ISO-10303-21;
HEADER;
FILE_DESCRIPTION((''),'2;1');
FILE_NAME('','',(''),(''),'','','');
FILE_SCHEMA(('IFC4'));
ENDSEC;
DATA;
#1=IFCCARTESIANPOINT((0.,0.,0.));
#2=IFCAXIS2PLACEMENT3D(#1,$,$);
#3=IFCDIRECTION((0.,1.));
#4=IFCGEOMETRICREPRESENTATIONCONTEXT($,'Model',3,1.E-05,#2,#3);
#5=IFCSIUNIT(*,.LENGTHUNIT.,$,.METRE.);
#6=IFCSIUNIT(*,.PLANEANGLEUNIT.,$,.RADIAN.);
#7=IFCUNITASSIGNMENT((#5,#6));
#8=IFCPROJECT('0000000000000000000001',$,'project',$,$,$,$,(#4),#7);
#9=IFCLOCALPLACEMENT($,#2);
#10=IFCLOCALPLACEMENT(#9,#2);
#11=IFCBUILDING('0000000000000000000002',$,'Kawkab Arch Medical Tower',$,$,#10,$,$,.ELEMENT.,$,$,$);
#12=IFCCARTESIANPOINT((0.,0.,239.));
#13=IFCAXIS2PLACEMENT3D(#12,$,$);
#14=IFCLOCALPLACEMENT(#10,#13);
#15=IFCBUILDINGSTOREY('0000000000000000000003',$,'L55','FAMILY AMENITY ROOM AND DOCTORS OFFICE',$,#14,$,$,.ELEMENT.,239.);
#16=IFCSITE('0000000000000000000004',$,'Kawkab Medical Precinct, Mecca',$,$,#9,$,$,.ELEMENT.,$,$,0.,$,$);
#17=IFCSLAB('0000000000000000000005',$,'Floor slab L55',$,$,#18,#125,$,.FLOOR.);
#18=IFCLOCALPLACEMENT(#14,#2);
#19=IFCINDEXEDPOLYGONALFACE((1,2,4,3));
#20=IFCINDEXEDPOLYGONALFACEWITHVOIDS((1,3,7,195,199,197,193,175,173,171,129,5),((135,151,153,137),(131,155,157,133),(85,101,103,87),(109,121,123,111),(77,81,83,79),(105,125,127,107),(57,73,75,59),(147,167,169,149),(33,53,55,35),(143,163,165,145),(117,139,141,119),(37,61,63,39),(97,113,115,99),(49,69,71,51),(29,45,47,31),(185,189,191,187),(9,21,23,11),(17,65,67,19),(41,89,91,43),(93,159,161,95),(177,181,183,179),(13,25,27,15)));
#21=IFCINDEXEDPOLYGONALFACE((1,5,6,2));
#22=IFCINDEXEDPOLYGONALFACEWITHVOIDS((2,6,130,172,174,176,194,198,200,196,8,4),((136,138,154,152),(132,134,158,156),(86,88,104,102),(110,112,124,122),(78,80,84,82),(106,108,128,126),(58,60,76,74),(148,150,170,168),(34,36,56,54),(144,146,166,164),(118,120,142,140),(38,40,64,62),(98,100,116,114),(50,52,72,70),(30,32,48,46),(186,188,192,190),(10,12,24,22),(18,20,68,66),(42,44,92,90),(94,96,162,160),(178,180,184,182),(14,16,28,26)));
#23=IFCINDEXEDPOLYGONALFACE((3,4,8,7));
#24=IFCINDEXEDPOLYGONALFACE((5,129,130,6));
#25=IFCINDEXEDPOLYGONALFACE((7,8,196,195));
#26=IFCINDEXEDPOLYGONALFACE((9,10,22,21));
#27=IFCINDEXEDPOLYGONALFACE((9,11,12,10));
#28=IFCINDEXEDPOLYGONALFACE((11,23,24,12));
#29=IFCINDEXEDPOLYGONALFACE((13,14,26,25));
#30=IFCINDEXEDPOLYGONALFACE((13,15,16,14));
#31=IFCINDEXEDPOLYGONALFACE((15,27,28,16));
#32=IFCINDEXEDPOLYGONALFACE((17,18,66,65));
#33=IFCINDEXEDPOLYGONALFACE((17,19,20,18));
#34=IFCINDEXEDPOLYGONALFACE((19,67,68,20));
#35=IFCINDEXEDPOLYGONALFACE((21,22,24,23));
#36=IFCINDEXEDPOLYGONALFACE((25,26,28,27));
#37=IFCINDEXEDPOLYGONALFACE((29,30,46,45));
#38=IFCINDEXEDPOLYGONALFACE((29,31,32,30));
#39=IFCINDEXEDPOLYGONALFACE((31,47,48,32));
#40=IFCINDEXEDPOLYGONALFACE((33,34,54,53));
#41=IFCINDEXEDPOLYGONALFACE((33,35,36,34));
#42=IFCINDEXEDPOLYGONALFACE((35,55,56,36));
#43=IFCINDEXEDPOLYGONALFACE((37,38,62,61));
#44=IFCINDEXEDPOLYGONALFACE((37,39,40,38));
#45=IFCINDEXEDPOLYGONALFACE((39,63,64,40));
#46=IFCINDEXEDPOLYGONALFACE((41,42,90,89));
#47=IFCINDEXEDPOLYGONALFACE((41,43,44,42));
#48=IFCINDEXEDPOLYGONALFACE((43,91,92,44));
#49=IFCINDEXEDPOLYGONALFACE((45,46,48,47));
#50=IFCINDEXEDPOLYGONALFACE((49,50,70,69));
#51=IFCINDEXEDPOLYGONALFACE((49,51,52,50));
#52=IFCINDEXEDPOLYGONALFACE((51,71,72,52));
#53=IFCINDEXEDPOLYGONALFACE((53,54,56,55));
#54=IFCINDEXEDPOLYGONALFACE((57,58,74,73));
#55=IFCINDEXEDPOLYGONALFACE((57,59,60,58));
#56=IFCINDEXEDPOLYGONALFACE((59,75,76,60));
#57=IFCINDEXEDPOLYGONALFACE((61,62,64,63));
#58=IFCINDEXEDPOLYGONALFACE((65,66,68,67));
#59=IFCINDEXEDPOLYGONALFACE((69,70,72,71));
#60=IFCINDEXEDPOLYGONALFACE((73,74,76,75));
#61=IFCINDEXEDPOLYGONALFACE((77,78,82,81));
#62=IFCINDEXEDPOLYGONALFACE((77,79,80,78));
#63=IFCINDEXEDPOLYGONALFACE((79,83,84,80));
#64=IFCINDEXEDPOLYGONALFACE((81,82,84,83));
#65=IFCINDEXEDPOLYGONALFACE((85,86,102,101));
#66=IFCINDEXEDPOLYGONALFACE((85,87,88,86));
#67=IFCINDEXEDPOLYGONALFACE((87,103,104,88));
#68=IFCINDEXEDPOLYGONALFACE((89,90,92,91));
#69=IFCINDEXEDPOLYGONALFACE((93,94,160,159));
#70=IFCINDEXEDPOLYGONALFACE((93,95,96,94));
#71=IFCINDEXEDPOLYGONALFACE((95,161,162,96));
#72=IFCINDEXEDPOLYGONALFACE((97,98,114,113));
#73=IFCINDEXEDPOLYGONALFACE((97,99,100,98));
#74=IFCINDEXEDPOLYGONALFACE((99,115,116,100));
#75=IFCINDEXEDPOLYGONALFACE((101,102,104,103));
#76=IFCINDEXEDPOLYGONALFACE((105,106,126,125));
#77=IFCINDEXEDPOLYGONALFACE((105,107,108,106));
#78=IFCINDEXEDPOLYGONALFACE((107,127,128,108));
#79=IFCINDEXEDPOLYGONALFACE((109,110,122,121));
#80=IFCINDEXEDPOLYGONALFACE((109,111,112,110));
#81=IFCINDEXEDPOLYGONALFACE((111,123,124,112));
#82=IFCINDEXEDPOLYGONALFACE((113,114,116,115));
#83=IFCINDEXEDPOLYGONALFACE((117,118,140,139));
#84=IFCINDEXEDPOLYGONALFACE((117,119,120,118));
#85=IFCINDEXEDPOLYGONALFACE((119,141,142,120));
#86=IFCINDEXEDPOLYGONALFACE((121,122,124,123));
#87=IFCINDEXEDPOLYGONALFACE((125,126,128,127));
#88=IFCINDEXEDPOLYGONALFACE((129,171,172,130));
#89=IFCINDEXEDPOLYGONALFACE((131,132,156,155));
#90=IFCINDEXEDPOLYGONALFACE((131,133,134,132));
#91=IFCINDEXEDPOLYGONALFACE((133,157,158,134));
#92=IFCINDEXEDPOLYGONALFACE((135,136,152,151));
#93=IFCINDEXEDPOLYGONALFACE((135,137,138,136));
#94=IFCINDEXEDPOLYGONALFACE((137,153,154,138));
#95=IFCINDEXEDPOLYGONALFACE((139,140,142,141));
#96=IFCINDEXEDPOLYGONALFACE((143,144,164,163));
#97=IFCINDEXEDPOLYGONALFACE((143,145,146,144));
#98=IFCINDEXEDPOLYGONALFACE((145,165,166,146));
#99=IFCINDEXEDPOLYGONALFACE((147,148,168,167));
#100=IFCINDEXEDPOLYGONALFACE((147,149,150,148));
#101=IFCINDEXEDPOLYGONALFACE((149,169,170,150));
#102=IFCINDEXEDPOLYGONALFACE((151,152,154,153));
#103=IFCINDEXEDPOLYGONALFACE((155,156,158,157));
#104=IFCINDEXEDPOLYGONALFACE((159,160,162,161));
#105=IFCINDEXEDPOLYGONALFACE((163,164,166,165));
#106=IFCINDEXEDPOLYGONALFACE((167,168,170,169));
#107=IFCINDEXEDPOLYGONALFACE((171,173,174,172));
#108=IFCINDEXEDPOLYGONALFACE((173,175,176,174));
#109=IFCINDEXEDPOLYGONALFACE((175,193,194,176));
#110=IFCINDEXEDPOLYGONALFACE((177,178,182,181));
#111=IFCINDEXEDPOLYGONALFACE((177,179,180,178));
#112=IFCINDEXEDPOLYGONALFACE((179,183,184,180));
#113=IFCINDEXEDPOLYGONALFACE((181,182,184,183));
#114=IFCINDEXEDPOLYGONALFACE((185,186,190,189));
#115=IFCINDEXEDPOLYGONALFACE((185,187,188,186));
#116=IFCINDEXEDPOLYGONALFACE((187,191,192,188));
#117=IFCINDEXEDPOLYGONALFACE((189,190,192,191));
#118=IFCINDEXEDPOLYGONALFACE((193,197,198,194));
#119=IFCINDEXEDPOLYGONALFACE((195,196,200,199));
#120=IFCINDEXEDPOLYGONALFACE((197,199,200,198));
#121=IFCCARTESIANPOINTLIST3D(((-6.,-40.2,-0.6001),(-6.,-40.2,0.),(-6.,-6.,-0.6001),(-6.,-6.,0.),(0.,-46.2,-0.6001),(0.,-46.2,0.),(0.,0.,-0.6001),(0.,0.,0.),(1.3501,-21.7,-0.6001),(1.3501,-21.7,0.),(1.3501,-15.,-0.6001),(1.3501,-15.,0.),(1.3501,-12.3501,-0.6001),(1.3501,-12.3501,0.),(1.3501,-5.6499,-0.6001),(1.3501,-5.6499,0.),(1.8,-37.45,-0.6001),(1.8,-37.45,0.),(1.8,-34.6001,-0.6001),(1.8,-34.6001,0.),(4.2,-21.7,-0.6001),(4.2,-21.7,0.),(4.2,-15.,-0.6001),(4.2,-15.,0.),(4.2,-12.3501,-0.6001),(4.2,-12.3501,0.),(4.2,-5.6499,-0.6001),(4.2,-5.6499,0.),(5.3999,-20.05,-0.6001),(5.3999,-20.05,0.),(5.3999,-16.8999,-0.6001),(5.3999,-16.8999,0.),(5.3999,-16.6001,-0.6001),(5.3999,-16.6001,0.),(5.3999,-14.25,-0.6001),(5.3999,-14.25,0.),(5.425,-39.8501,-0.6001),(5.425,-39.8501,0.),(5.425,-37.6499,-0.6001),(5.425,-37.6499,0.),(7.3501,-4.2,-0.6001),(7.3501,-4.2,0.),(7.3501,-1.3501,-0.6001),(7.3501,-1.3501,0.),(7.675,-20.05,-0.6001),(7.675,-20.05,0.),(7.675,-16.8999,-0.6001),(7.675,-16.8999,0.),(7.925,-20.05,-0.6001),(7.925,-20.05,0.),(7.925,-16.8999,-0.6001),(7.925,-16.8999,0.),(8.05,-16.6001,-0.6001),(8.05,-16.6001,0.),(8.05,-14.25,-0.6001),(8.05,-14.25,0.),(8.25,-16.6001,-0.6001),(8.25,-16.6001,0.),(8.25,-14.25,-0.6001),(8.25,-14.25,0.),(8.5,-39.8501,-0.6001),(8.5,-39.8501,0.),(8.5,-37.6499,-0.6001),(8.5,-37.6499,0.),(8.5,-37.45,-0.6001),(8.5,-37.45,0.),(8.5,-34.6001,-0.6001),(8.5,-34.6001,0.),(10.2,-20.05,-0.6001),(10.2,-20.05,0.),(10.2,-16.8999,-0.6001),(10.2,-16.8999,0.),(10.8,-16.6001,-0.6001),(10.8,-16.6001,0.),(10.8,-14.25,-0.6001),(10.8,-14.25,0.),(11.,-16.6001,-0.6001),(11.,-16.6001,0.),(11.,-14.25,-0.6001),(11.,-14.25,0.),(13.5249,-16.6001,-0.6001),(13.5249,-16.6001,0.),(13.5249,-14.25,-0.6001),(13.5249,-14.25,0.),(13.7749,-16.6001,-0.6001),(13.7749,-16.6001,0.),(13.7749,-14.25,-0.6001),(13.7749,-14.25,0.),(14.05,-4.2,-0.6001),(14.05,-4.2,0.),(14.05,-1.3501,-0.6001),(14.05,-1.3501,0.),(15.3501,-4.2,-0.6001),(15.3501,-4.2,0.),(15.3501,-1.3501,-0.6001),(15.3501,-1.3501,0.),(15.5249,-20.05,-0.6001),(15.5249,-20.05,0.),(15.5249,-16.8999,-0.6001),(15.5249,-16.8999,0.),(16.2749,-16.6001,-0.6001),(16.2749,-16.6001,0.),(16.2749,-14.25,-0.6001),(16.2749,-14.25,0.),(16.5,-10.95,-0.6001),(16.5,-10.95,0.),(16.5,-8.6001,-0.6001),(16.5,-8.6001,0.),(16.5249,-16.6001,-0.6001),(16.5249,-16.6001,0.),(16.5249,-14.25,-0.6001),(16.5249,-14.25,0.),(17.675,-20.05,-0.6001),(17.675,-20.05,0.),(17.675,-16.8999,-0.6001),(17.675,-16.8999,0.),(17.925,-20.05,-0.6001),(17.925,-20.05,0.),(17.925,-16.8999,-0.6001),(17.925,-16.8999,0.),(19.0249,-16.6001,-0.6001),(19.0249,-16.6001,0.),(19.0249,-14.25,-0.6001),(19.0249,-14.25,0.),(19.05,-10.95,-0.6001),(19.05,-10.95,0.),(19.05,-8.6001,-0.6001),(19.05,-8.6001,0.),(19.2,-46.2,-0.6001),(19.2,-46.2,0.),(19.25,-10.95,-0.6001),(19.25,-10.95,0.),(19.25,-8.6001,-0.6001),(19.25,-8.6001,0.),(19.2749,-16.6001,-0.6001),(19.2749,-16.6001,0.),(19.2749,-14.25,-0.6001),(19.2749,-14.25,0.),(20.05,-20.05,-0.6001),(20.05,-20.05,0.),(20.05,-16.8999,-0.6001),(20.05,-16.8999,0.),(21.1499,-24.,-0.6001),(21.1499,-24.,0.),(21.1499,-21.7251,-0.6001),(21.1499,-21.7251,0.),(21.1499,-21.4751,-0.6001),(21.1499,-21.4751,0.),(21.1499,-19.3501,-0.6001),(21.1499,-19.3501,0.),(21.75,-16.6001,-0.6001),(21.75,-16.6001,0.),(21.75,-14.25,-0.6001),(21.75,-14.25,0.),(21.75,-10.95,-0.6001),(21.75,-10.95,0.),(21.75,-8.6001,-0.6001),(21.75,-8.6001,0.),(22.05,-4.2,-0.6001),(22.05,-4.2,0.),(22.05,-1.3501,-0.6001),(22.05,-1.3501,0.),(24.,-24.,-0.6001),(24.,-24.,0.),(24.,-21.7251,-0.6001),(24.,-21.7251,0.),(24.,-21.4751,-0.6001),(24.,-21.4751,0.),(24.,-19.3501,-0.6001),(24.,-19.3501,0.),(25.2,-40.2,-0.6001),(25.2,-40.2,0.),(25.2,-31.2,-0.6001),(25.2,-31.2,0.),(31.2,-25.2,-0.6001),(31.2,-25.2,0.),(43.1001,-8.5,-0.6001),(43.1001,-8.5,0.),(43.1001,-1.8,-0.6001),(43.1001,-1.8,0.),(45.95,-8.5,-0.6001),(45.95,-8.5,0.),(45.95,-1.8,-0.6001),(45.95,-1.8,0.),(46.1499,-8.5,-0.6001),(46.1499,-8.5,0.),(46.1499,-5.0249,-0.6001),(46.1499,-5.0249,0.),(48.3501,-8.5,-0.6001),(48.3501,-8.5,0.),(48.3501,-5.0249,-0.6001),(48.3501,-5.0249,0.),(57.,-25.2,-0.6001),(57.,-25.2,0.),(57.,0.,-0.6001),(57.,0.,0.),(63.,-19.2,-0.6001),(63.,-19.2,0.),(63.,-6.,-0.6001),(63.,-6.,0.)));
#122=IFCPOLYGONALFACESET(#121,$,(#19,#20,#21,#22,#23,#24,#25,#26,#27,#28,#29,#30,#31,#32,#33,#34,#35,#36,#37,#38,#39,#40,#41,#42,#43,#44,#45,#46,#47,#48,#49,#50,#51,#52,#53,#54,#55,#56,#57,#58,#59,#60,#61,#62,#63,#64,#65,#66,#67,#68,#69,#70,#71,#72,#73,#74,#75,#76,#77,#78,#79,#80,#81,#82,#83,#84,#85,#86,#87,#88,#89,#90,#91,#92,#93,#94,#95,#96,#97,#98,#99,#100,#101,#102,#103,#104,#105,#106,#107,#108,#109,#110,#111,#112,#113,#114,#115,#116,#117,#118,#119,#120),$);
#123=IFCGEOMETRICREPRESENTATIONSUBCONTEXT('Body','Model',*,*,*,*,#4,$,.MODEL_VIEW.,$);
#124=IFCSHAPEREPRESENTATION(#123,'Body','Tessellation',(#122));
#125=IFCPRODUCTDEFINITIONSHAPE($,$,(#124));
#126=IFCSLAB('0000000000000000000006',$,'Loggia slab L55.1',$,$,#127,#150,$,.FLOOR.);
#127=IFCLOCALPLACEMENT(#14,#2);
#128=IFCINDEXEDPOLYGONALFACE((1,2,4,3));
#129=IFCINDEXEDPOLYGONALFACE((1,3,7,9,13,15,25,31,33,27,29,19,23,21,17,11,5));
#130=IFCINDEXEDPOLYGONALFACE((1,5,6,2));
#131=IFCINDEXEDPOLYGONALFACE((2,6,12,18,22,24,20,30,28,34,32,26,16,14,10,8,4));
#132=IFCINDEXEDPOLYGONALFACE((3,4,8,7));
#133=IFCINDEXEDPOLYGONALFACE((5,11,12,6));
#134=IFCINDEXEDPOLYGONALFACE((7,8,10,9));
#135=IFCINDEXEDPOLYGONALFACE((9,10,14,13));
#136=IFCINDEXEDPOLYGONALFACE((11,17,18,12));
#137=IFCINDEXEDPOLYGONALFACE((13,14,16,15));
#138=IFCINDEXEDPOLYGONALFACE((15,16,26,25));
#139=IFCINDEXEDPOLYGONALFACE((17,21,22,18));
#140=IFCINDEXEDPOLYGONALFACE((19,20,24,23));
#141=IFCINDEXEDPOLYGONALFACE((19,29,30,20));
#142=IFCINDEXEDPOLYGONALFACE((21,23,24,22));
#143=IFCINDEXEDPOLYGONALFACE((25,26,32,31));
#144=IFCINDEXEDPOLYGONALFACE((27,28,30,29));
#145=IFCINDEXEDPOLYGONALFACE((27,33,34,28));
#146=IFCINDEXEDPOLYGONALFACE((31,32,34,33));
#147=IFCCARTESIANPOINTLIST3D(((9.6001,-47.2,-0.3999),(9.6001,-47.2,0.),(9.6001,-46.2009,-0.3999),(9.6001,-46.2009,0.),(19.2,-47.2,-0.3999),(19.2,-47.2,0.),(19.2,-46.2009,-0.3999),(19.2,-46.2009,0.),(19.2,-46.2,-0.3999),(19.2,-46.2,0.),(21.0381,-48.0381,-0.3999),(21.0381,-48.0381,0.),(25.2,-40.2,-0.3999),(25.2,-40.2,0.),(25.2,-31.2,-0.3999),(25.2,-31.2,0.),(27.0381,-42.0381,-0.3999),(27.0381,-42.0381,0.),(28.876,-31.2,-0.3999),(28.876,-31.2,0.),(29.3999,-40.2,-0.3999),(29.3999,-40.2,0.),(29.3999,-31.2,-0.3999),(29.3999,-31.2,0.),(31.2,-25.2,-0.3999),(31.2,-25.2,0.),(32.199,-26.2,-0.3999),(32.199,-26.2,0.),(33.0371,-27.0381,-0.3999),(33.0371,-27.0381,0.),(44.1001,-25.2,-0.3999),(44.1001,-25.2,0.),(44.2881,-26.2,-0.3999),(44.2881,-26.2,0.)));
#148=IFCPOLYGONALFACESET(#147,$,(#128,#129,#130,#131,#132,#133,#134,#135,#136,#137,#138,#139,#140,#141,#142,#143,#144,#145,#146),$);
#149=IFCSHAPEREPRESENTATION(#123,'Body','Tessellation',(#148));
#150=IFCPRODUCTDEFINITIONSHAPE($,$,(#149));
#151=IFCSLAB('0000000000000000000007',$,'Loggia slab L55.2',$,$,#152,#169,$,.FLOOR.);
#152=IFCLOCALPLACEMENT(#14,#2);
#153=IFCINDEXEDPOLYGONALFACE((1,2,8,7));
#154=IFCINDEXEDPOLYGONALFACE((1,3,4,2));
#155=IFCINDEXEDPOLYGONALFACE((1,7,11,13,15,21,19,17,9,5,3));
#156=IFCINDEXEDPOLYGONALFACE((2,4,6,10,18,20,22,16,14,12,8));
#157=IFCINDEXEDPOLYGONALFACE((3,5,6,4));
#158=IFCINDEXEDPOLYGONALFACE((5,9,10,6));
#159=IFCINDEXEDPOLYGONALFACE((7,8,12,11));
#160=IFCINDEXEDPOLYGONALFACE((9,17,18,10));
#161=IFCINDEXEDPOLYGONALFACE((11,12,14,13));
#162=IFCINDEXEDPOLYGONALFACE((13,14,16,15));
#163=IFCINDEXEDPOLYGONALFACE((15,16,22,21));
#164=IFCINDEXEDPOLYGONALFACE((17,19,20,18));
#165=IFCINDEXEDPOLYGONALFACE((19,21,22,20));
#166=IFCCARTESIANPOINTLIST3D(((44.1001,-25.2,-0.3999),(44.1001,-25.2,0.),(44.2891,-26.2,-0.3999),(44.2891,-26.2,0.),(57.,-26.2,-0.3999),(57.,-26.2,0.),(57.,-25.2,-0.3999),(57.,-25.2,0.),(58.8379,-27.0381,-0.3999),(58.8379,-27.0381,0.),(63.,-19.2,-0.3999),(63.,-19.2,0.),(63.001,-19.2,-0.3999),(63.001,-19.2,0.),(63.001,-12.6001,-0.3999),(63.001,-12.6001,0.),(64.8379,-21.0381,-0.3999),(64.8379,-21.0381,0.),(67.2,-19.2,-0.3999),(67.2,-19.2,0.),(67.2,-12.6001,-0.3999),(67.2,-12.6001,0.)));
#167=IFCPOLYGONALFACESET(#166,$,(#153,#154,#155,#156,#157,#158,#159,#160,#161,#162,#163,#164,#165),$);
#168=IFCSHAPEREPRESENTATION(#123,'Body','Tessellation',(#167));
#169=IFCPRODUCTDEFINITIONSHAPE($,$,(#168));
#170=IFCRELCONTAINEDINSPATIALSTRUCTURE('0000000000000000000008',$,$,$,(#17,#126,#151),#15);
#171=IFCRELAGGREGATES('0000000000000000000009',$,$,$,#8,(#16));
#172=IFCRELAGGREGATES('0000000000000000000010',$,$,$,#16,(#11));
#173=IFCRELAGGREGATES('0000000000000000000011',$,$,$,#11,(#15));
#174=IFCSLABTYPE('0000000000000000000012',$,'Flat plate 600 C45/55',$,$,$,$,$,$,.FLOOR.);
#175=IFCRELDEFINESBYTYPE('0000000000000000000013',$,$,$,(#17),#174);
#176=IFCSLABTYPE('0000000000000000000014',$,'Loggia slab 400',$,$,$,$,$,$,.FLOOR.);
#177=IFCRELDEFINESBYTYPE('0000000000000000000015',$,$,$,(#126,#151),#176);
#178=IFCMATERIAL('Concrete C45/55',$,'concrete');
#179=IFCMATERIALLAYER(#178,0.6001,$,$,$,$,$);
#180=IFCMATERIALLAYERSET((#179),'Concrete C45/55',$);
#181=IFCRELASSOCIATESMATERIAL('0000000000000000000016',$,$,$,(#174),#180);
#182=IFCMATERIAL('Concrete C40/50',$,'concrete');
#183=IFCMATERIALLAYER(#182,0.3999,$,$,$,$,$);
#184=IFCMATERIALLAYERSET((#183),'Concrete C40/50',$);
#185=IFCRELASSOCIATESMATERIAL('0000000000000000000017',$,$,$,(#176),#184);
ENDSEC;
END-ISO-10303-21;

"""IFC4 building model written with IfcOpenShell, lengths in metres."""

from ifc_helpers import new_model, si_unit, direction, frame, origin, place, context, subcontext, project, spatial, polyline, outline, extrude, material, layer, layer_set, type_object, element, save


model = new_model("IFC4")

# Units and contexts
model_context = context("Model", 3, precision=1e-05, world=origin(), true_north=direction((0.0, 1.0)))
body_context = subcontext(model_context, "Body", "Model", "MODEL_VIEW")
ifc_project = project(units=[si_unit("LENGTHUNIT", "METRE"), si_unit("PLANEANGLEUNIT", "RADIAN")], contexts=[model_context])

# Site, building, storey
site_placement = place(None, origin())
site = spatial("IfcSite", under=ifc_project, at=site_placement, Name="Kawkab Medical Precinct, Mecca", CompositionType="ELEMENT", RefElevation=0.0)
building_placement = place(site_placement, origin())
building = spatial("IfcBuilding", under=site, at=building_placement, Name="Kawkab Arch Medical Tower", CompositionType="ELEMENT")
storey_placement = place(building_placement, frame((0.0, 0.0, 239.0)))
storey = spatial("IfcBuildingStorey", under=building, at=storey_placement, Name="L55", Description="FAMILY AMENITY ROOM AND DOCTORS OFFICE", CompositionType="ELEMENT", Elevation=239.0)

# Slabs
ifc_material_1 = material(Name="Concrete C45/55", Category="concrete")
ifc_layer_1 = layer(ifc_material_1, 0.6001)
ifc_layer_set_1 = layer_set([ifc_layer_1], Name="Concrete C45/55")
slab_type_1 = type_object("IfcSlabType", Name="Flat plate 600 C45/55", PredefinedType="FLOOR", material=ifc_layer_set_1)
slab_1_placement = place(storey_placement, frame((0.0, 0.0, -0.6001)))
element("IfcSlab", 1, at=slab_1_placement, inside=storey, type_object=slab_type_1, Name="Floor slab L55", PredefinedType="FLOOR", context=body_context, shape_type="SweptSolid", body=[
    extrude(outline(polyline([(0.0, 0.0), (57.0, 0.0), (63.0, -6.0), (63.0, -19.2), (57.0, -25.2), (31.2, -25.2), (25.2, -31.2), (25.2, -40.2), (19.2, -46.2), (0.0, -46.2), (-6.0, -40.2), (-6.0, -6.0), (0.0, 0.0)]), holes=[polyline([(5.425, -37.6499), (5.425, -39.8501), (8.5, -39.8501), (8.5, -37.6499), (5.425, -37.6499)]), polyline([(8.5, -37.45), (8.5, -34.6001), (1.8, -34.6001), (1.8, -37.45), (8.5, -37.45)]), polyline([(5.3999, -20.05), (7.675, -20.05), (7.675, -16.8999), (5.3999, -16.8999), (5.3999, -20.05)]), polyline([(10.2, -20.05), (10.2, -16.8999), (7.925, -16.8999), (7.925, -20.05), (10.2, -20.05)]), polyline([(4.2, -21.7), (4.2, -15.0), (1.3501, -15.0), (1.3501, -21.7), (4.2, -21.7)]), polyline([(5.3999, -16.6001), (8.05, -16.6001), (8.05, -14.25), (5.3999, -14.25), (5.3999, -16.6001)]), polyline([(10.8, -14.25), (8.25, -14.25), (8.25, -16.6001), (10.8, -16.6001), (10.8, -14.25)]), polyline([(13.5249, -14.25), (11.0, -14.25), (11.0, -16.6001), (13.5249, -16.6001), (13.5249, -14.25)]), polyline([(16.2749, -16.6001), (16.2749, -14.25), (13.7749, -14.25), (13.7749, -16.6001), (16.2749, -16.6001)]), polyline([(4.2, -12.3501), (4.2, -5.6499), (1.3501, -5.6499), (1.3501, -12.3501), (4.2, -12.3501)]), polyline([(7.3501, -4.2), (14.05, -4.2), (14.05, -1.3501), (7.3501, -1.3501), (7.3501, -4.2)]), polyline([(24.0, -21.7251), (21.1499, -21.7251), (21.1499, -24.0), (24.0, -24.0), (24.0, -21.7251)]), polyline([(24.0, -19.3501), (21.1499, -19.3501), (21.1499, -21.4751), (24.0, -21.4751), (24.0, -19.3501)]), polyline([(17.675, -20.05), (17.675, -16.8999), (15.5249, -16.8999), (15.5249, -20.05), (17.675, -20.05)]), polyline([(20.05, -20.05), (20.05, -16.8999), (17.925, -16.8999), (17.925, -20.05), (20.05, -20.05)]), polyline([(16.5249, -14.25), (16.5249, -16.6001), (19.0249, -16.6001), (19.0249, -14.25), (16.5249, -14.25)]), polyline([(19.2749, -16.6001), (21.75, -16.6001), (21.75, -14.25), (19.2749, -14.25), (19.2749, -16.6001)]), polyline([(16.5, -10.95), (19.05, -10.95), (19.05, -8.6001), (16.5, -8.6001), (16.5, -10.95)]), polyline([(19.25, -10.95), (21.75, -10.95), (21.75, -8.6001), (19.25, -8.6001), (19.25, -10.95)]), polyline([(46.1499, -8.5), (48.3501, -8.5), (48.3501, -5.0249), (46.1499, -5.0249), (46.1499, -8.5)]), polyline([(43.1001, -1.8), (43.1001, -8.5), (45.95, -8.5), (45.95, -1.8), (43.1001, -1.8)]), polyline([(22.05, -1.3501), (15.3501, -1.3501), (15.3501, -4.2), (22.05, -4.2), (22.05, -1.3501)])]), origin(), (0.0, 0.0, 1.0), 0.6001),
])
ifc_material_2 = material(Name="Concrete C40/50", Category="concrete")
ifc_layer_2 = layer(ifc_material_2, 0.3999)
ifc_layer_set_2 = layer_set([ifc_layer_2], Name="Concrete C40/50")
slab_type_2 = type_object("IfcSlabType", Name="Loggia slab 400", PredefinedType="FLOOR", material=ifc_layer_set_2)
placement_1 = place(storey_placement, frame((0.0, 0.0, -0.3999)))
element("IfcSlab", 2, at=placement_1, inside=storey, type_object=slab_type_2, Name="Loggia slab L55.1", PredefinedType="FLOOR", context=body_context, shape_type="SweptSolid", body=[
    extrude(outline(polyline([(9.6001, -46.2009), (19.2, -46.2009), (19.2, -46.2), (25.2, -40.2), (25.2, -31.2), (31.2, -25.2), (44.1001, -25.2), (44.2881, -26.2), (32.199, -26.2), (33.0371, -27.0381), (28.876, -31.2), (29.3999, -31.2), (29.3999, -40.2), (27.0381, -42.0381), (21.0381, -48.0381), (19.2, -47.2), (9.6001, -47.2), (9.6001, -46.2009)])), origin(), (0.0, 0.0, 1.0), 0.3999),
])
element("IfcSlab", 3, at=placement_1, inside=storey, type_object=slab_type_2, Name="Loggia slab L55.2", PredefinedType="FLOOR", context=body_context, shape_type="SweptSolid", body=[
    extrude(outline(polyline([(64.8379, -21.0381), (58.8379, -27.0381), (57.0, -26.2), (44.2891, -26.2), (44.1001, -25.2), (57.0, -25.2), (63.0, -19.2), (63.001, -19.2), (63.001, -12.6001), (67.2, -12.6001), (67.2, -19.2), (64.8379, -21.0381)])), origin(), (0.0, 0.0, 1.0), 0.3999),
])

save(model, "model.ifc")
